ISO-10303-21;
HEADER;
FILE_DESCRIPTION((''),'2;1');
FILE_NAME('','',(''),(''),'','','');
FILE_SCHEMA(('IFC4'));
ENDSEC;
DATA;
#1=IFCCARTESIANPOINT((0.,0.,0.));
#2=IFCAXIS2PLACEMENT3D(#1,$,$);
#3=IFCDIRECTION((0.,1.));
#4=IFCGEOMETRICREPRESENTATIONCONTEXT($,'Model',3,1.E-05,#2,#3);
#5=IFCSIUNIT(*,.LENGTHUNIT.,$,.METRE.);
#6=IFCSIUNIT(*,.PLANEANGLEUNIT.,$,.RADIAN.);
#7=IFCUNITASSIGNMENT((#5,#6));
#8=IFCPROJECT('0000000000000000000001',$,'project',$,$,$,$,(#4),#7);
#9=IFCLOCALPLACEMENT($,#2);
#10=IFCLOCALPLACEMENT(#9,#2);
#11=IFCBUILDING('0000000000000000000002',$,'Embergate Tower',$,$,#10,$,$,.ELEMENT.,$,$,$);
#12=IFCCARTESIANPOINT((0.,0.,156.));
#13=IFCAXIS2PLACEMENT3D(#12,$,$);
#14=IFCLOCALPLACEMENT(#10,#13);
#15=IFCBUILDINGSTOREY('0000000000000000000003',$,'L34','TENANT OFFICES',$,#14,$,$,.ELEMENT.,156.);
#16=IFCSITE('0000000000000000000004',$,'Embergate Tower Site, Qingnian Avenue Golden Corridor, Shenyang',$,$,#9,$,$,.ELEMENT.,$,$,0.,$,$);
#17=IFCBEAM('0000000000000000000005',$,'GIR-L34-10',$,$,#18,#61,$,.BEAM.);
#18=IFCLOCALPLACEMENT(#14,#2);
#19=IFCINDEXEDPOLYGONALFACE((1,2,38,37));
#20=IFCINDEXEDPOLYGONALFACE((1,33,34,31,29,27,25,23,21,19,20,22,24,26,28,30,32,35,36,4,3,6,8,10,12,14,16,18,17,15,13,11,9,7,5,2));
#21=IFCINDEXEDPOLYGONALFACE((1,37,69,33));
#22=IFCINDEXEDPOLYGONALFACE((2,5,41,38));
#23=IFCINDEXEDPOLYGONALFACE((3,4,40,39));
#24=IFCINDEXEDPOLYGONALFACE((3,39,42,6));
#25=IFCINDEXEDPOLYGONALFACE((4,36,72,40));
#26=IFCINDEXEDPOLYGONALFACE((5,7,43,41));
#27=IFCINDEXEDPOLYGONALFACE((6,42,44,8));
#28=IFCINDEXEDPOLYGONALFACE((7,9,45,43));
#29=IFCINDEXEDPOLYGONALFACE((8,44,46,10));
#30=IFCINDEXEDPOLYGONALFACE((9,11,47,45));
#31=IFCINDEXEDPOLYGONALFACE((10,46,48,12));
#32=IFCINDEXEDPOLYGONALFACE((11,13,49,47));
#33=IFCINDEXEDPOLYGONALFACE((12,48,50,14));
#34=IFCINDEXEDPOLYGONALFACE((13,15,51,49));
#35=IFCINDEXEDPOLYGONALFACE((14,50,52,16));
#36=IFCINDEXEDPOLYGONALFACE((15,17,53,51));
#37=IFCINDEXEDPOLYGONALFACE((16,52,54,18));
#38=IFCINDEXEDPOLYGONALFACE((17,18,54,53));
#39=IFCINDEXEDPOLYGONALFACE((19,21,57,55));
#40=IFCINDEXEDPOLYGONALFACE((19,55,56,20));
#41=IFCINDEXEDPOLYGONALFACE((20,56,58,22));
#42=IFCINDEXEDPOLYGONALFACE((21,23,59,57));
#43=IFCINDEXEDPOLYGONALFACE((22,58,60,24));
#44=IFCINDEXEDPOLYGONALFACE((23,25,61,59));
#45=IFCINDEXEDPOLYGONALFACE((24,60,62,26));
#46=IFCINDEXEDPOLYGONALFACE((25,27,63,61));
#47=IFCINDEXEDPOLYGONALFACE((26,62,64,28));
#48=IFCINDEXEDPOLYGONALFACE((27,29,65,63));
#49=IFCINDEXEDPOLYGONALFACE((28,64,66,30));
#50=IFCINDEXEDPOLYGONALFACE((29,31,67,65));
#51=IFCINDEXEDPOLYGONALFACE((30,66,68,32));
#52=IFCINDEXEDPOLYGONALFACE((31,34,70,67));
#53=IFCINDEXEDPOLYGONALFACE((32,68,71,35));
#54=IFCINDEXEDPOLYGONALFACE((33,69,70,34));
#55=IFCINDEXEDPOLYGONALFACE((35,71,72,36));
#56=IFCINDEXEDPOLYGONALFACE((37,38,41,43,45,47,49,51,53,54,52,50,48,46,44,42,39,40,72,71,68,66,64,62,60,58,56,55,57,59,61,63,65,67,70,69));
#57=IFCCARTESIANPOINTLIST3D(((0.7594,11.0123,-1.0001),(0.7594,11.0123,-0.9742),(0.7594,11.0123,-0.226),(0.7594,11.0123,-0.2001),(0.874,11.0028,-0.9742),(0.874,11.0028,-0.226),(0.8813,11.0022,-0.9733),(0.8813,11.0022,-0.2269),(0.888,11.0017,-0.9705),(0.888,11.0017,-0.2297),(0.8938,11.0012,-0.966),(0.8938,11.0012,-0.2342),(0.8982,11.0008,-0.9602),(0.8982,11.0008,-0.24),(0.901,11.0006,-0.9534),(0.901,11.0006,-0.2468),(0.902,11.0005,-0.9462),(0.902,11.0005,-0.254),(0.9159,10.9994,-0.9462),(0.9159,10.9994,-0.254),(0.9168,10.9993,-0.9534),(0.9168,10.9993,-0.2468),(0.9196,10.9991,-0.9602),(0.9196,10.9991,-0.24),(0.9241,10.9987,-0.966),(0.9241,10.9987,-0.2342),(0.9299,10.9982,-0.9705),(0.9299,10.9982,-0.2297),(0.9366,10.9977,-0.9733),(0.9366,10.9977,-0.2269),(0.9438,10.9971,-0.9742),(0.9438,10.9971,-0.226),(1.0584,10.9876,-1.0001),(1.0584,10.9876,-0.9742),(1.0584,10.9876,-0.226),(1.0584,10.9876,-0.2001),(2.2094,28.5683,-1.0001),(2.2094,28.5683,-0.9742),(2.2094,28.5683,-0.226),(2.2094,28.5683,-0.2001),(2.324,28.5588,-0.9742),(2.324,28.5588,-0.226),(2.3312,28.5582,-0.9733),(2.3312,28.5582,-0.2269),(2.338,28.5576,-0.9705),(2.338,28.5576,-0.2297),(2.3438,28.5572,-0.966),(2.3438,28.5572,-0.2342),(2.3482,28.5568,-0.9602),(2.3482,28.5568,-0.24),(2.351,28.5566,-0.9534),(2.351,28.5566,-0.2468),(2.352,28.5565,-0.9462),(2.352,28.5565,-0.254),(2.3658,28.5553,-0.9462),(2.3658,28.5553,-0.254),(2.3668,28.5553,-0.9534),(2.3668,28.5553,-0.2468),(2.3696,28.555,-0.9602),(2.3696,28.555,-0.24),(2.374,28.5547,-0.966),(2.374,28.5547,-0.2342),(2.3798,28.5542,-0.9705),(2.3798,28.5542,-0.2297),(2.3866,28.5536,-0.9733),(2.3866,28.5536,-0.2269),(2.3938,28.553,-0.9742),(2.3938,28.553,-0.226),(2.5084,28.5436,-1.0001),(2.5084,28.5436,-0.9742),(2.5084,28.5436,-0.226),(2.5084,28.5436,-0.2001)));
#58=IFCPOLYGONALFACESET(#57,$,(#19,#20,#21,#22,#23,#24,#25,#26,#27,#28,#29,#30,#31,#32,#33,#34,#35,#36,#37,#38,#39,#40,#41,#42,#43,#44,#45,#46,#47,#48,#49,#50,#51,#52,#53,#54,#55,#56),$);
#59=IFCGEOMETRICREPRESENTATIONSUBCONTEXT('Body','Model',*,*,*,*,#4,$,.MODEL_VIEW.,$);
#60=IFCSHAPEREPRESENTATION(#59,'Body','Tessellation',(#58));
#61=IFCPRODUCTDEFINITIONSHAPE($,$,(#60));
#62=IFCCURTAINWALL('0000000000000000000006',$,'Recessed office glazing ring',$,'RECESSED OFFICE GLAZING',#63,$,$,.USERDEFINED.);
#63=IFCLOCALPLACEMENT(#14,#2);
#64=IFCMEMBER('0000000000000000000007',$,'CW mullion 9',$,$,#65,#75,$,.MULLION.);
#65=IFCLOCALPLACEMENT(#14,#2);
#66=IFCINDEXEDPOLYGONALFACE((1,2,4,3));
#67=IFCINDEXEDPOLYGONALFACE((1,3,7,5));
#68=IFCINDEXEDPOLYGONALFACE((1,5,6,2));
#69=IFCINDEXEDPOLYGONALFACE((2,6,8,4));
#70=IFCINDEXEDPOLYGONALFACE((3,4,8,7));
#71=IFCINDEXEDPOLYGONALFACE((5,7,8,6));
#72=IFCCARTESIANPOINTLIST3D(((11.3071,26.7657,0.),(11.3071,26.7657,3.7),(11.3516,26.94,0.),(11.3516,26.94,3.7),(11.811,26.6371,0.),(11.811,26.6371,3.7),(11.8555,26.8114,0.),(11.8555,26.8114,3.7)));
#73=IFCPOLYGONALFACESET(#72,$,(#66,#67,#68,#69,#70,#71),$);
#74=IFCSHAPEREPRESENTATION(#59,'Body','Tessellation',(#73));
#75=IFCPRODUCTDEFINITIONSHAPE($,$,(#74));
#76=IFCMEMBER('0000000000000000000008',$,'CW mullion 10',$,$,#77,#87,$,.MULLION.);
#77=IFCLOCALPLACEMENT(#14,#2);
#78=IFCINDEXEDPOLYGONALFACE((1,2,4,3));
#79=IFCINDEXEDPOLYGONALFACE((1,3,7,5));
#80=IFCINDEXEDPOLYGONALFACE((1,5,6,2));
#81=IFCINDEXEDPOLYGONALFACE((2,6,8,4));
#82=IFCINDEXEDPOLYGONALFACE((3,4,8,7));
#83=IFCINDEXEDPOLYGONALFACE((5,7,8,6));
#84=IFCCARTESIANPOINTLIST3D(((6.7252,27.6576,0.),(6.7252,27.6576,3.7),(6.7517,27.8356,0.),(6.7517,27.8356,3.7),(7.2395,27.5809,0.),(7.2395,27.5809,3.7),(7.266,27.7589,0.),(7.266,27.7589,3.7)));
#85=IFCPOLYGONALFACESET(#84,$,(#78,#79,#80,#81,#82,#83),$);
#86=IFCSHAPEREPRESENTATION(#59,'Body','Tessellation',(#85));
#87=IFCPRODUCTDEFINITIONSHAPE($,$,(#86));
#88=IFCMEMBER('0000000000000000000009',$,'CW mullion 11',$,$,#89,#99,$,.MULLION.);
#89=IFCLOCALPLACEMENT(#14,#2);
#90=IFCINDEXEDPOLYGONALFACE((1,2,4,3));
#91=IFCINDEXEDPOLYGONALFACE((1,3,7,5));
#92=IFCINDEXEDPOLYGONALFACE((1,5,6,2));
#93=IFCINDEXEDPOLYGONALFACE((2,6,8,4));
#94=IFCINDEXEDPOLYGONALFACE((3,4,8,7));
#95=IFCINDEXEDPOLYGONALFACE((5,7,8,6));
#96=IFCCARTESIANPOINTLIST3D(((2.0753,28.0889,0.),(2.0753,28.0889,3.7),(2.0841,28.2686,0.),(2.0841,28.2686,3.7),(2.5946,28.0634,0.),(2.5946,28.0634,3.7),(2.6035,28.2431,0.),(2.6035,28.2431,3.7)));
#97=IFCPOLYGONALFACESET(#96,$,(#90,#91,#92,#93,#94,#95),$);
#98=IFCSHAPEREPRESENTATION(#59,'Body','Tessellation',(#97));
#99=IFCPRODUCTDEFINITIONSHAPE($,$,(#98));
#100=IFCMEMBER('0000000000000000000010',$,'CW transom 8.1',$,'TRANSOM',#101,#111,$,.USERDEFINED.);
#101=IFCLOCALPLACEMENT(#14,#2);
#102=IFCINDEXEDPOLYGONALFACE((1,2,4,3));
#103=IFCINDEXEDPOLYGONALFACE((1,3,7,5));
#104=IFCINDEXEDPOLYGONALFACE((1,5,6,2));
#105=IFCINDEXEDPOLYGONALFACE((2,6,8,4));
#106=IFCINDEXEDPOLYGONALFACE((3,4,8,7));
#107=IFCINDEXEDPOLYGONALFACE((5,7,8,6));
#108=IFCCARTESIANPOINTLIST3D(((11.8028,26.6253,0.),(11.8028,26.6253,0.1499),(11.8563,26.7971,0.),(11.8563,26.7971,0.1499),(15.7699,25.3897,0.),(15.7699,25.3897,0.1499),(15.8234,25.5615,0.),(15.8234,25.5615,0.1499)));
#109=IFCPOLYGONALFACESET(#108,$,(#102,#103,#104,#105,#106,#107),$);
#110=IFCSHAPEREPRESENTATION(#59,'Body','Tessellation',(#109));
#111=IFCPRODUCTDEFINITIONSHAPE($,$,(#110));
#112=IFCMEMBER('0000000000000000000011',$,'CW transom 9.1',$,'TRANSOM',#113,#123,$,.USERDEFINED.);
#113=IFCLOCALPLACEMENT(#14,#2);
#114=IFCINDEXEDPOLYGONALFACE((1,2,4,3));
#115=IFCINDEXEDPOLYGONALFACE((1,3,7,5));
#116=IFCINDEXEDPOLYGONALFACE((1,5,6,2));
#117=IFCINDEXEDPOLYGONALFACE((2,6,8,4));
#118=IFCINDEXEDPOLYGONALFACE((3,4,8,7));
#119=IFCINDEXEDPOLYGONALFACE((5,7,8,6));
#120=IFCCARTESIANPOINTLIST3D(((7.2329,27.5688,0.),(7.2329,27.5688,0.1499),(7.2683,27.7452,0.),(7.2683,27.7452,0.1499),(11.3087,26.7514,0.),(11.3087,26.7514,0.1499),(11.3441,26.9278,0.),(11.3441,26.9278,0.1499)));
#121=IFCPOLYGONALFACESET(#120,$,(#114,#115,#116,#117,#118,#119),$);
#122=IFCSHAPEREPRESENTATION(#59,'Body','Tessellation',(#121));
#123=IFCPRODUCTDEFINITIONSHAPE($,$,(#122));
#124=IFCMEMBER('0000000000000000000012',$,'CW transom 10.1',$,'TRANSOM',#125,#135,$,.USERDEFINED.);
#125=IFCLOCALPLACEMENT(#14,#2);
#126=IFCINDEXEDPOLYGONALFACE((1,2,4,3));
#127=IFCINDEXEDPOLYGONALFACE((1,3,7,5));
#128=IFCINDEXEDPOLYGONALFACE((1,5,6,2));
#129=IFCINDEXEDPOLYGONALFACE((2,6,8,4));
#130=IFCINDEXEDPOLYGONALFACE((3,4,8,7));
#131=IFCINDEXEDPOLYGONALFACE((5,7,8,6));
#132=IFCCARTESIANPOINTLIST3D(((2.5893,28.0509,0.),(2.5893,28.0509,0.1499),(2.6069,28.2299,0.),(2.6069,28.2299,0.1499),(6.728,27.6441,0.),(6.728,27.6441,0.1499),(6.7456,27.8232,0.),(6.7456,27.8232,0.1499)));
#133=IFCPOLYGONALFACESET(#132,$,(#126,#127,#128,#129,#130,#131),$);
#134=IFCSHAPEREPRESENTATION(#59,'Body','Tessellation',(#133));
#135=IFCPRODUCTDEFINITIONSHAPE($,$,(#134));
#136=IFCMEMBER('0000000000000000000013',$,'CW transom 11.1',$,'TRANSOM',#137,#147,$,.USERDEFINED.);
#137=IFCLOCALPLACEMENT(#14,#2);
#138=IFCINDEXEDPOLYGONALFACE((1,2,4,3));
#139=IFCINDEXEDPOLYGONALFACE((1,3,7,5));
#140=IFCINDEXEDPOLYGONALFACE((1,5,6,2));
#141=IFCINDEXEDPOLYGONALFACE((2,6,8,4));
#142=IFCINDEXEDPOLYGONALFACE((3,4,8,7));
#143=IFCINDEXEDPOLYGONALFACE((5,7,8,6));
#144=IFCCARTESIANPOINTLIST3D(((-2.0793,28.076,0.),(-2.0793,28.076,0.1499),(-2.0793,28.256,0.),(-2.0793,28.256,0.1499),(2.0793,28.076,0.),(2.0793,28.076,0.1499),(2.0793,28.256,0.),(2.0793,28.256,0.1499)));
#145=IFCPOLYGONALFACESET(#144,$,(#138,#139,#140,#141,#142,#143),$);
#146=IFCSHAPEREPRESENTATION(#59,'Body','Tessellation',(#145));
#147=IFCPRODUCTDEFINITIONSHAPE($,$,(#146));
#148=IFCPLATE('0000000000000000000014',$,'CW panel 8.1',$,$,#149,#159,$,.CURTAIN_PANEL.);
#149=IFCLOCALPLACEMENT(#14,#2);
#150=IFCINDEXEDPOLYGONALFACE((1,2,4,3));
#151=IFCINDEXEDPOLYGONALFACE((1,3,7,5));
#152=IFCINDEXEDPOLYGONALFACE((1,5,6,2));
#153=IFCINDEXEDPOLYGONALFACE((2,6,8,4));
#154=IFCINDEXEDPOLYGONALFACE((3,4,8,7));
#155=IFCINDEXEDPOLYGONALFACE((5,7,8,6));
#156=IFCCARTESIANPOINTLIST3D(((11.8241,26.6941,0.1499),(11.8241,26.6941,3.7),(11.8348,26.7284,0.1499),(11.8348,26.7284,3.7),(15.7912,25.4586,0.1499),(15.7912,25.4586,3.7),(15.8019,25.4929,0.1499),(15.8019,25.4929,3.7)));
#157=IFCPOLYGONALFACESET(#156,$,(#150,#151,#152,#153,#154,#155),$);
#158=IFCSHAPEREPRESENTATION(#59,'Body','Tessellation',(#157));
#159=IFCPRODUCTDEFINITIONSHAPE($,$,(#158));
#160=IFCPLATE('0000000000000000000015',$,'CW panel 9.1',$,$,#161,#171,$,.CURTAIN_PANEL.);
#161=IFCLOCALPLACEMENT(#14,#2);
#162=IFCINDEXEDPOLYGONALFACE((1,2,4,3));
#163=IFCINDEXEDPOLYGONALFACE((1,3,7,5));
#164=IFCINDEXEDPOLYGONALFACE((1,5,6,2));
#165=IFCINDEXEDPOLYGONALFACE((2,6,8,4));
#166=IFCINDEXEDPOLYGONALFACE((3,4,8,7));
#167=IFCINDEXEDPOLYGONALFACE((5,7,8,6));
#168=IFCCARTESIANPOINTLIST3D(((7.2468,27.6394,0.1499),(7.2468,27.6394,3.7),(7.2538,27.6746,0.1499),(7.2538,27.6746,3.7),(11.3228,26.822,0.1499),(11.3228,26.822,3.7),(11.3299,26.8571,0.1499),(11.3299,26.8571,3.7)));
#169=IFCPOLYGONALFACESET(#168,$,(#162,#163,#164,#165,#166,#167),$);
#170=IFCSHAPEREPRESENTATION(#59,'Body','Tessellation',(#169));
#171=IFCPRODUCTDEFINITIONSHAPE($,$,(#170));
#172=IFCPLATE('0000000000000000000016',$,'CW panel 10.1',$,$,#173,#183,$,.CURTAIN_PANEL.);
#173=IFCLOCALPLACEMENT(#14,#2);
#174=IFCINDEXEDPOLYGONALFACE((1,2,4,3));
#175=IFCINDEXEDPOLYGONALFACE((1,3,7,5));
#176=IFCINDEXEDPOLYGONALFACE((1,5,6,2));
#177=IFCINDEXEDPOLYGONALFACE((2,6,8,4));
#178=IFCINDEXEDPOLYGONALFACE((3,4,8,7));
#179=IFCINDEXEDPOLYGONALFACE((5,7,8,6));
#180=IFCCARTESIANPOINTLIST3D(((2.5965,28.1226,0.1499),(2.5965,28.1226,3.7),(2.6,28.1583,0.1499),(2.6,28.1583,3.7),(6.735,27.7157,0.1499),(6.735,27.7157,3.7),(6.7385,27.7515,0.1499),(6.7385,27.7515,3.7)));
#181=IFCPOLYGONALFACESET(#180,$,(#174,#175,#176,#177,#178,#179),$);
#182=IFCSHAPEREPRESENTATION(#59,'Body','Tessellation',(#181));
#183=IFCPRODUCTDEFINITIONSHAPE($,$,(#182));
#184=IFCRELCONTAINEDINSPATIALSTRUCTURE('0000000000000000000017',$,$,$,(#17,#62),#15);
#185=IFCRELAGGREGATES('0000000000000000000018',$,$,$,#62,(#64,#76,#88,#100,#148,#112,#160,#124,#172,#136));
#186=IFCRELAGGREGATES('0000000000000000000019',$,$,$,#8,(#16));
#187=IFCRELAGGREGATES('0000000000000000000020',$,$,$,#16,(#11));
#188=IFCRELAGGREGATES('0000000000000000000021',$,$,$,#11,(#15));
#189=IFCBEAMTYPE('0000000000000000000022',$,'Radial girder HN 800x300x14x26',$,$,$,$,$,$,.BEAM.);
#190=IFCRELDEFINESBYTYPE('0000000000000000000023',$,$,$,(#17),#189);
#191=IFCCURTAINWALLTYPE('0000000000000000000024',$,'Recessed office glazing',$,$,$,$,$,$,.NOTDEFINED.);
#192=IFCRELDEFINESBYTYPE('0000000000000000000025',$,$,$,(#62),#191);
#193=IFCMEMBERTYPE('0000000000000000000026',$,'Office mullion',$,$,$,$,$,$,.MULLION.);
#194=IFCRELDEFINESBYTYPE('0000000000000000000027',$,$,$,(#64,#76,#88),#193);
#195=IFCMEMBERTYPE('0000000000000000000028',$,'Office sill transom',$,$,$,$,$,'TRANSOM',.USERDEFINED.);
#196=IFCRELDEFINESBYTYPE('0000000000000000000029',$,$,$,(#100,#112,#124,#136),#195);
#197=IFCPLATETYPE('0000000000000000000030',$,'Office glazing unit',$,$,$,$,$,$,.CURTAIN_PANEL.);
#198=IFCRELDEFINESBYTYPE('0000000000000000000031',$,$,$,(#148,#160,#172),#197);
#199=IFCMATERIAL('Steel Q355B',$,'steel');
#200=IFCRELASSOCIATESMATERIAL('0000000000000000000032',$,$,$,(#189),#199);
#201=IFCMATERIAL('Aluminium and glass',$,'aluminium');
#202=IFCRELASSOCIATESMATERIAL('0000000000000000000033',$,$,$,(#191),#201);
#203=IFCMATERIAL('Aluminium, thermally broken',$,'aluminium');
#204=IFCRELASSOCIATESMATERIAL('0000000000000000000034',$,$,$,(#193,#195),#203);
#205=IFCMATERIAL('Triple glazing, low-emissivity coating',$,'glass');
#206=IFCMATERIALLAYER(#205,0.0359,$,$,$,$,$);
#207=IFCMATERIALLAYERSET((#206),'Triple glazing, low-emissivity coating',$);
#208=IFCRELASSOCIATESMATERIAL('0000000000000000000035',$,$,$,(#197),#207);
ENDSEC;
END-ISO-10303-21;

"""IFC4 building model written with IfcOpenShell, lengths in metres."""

from ifc_helpers import new_model, si_unit, direction, frame, origin, origin_2d, place, context, subcontext, project, spatial, rectangle, i_section, extrude, source, transform, mapped, material, layer, layer_set, material_profile, profile_set, type_object, element, aggregate, save


model = new_model("IFC4")

# Units and contexts
model_context = context("Model", 3, precision=1e-05, world=origin(), true_north=direction((0.0, 1.0)))
body_context = subcontext(model_context, "Body", "Model", "MODEL_VIEW")
ifc_project = project(units=[si_unit("LENGTHUNIT", "METRE"), si_unit("PLANEANGLEUNIT", "RADIAN")], contexts=[model_context])

# Site, building, storey
site_placement = place(None, origin())
site = spatial("IfcSite", under=ifc_project, at=site_placement, Name="Embergate Tower Site, Qingnian Avenue Golden Corridor, Shenyang", CompositionType="ELEMENT", RefElevation=0.0)
building_placement = place(site_placement, origin())
building = spatial("IfcBuilding", under=site, at=building_placement, Name="Embergate Tower", CompositionType="ELEMENT")
storey_placement = place(building_placement, frame((0.0, 0.0, 156.0)))
storey = spatial("IfcBuildingStorey", under=building, at=storey_placement, Name="L34", Description="TENANT OFFICES", CompositionType="ELEMENT", Elevation=156.0)

# Beam
ifc_material_1 = material(Name="Steel Q355B", Category="steel")
ifc_material_profile_1 = material_profile(ifc_material_1, i_section(OverallWidth=0.3, OverallDepth=0.8, WebThickness=0.0139, FlangeThickness=0.0259, FilletRadius=0.0281, at=origin_2d()), Name="HN 800x300x14x26")
ifc_profile_set_1 = profile_set([ifc_material_profile_1], Name="Steel Q355 grade B")
beam_type_1 = type_object("IfcBeamType", Name="Radial girder HN 800x300x14x26", PredefinedType="BEAM", material=ifc_profile_set_1)
shared_shape_1 = source(origin(), body_context, "Body", "SweptSolid", [
    extrude(i_section(OverallWidth=0.3, OverallDepth=0.8, WebThickness=0.0139, FlangeThickness=0.0259, FilletRadius=0.0281, at=origin_2d()), origin(), (0.0, 0.0, 1.0), 17.6157),
])
beam_1_placement = place(storey_placement, frame((2.3589, 28.5559, -0.6001), z_axis=(-0.08231, -0.996607, 0.0), x_axis=(0.996607, -0.08231, 0.0)))
element("IfcBeam", 1, at=beam_1_placement, inside=storey, type_object=beam_type_1, Name="GIR-L34-10", PredefinedType="BEAM", context=body_context, shape_type="MappedRepresentation", body=[
    mapped(shared_shape_1, transform((0.0, 0.0, 0.0))),
])

# Curtain wall, members, plates
ifc_material_2 = material(Name="Aluminium and glass", Category="aluminium")
curtain_wall_type = type_object("IfcCurtainWallType", Name="Recessed office glazing", PredefinedType="NOTDEFINED", material=ifc_material_2)
curtain_wall_placement = place(storey_placement, origin())
curtain_wall = element("IfcCurtainWall", 2, at=curtain_wall_placement, inside=storey, type_object=curtain_wall_type, Name="Recessed office glazing ring", ObjectType="RECESSED OFFICE GLAZING", PredefinedType="USERDEFINED")
ifc_material_3 = material(Name="Aluminium, thermally broken", Category="aluminium")
ifc_material_profile_2 = material_profile(ifc_material_3, rectangle(XDim=0.1799, YDim=0.52, at=origin_2d()), Name="AL 520x180")
ifc_profile_set_2 = profile_set([ifc_material_profile_2], Name="Aluminium, thermally broken")
member_type_1 = type_object("IfcMemberType", Name="Office mullion", PredefinedType="MULLION", material=ifc_profile_set_2)
shared_shape_2 = source(origin(), body_context, "Body", "SweptSolid", [
    extrude(rectangle(XDim=0.1799, YDim=0.52, at=origin_2d()), origin(), (0.0, 0.0, 1.0), 3.7),
])
member_1_placement = place(storey_placement, frame((11.5813, 26.7886, 0.0), z_axis=(0.0, 0.0, 1.0), x_axis=(-0.247312, -0.968936, 0.0)))
member_1 = element("IfcMember", 3, at=member_1_placement, type_object=member_type_1, Name="CW mullion 9", PredefinedType="MULLION", context=body_context, shape_type="MappedRepresentation", body=[
    mapped(shared_shape_2, transform((0.0, 0.0, 0.0))),
])
member_2_placement = place(storey_placement, frame((6.9956, 27.7083, 0.0), z_axis=(0.0, 0.0, 1.0), x_axis=(-0.147412, -0.989075, 0.0)))
member_2 = element("IfcMember", 4, at=member_2_placement, type_object=member_type_1, Name="CW mullion 10", PredefinedType="MULLION", context=body_context, shape_type="MappedRepresentation", body=[
    mapped(shared_shape_2, transform((0.0, 0.0, 0.0))),
])
member_3_placement = place(storey_placement, frame((2.3394, 28.166, 0.0), z_axis=(0.0, 0.0, 1.0), x_axis=(-0.048972, -0.9988, 0.0)))
member_3 = element("IfcMember", 5, at=member_3_placement, type_object=member_type_1, Name="CW mullion 11", PredefinedType="MULLION", context=body_context, shape_type="MappedRepresentation", body=[
    mapped(shared_shape_2, transform((0.0, 0.0, 0.0))),
])
ifc_material_profile_3 = material_profile(ifc_material_3, rectangle(XDim=0.1799, YDim=0.1499, at=origin_2d()), Name="AL 150x180")
ifc_profile_set_3 = profile_set([ifc_material_profile_3], Name="Aluminium, thermally broken")
member_type_2 = type_object("IfcMemberType", Name="Office sill transom", ElementType="TRANSOM", PredefinedType="USERDEFINED", material=ifc_profile_set_3)
shared_shape_3 = source(origin(), body_context, "Body", "SweptSolid", [
    extrude(rectangle(XDim=0.1799, YDim=0.1499, at=origin_2d()), origin(), (0.0, 0.0, 1.0), 4.155),
])
member_4_placement = place(storey_placement, frame((15.7966, 25.4756, 0.075), z_axis=(-0.954761, 0.297375, 0.0), x_axis=(-0.297375, -0.954761, 0.0)))
member_4 = element("IfcMember", 6, at=member_4_placement, type_object=member_type_2, Name="CW transom 8.1", ObjectType="TRANSOM", PredefinedType="USERDEFINED", context=body_context, shape_type="MappedRepresentation", body=[
    mapped(shared_shape_3, transform((0.0, 0.0, 0.0))),
])
shared_shape_4 = source(origin(), body_context, "Body", "SweptSolid", [
    extrude(rectangle(XDim=0.1799, YDim=0.1499, at=origin_2d()), origin(), (0.0, 0.0, 1.0), 4.157),
])
member_5_placement = place(storey_placement, frame((11.3264, 26.8396, 0.075), z_axis=(-0.980479, 0.196624, 0.0), x_axis=(-0.196624, -0.980479, 0.0)))
member_5 = element("IfcMember", 7, at=member_5_placement, type_object=member_type_2, Name="CW transom 9.1", ObjectType="TRANSOM", PredefinedType="USERDEFINED", context=body_context, shape_type="MappedRepresentation", body=[
    mapped(shared_shape_4, transform((0.0, 0.0, 0.0))),
])
shared_shape_5 = source(origin(), body_context, "Body", "SweptSolid", [
    extrude(rectangle(XDim=0.1799, YDim=0.1499, at=origin_2d()), origin(), (0.0, 0.0, 1.0), 4.1587),
])
member_6_placement = place(storey_placement, frame((6.7368, 27.7336, 0.075), z_axis=(-0.995205, 0.097806, 0.0), x_axis=(-0.097806, -0.995205, 0.0)))
member_6 = element("IfcMember", 8, at=member_6_placement, type_object=member_type_2, Name="CW transom 10.1", ObjectType="TRANSOM", PredefinedType="USERDEFINED", context=body_context, shape_type="MappedRepresentation", body=[
    mapped(shared_shape_5, transform((0.0, 0.0, 0.0))),
])
member_7_placement = place(storey_placement, frame((2.0793, 28.166, 0.075), z_axis=(-1.0, 0.0, 0.0), x_axis=(0.0, -1.0, 0.0)))
member_7 = element("IfcMember", 9, at=member_7_placement, type_object=member_type_2, Name="CW transom 11.1", ObjectType="TRANSOM", PredefinedType="USERDEFINED", context=body_context, shape_type="MappedRepresentation", body=[
    mapped(shared_shape_5, transform((0.0, 0.0, 0.0))),
])
ifc_material_4 = material(Name="Triple glazing, low-emissivity coating", Category="glass")
ifc_layer_1 = layer(ifc_material_4, 0.0359)
ifc_layer_set_1 = layer_set([ifc_layer_1], Name="Triple glazing, low-emissivity coating")
plate_type = type_object("IfcPlateType", Name="Office glazing unit", PredefinedType="CURTAIN_PANEL", material=ifc_layer_set_1)
shared_shape_6 = source(origin(), body_context, "Body", "SweptSolid", [
    extrude(rectangle(XDim=4.155, YDim=0.0359, at=origin_2d()), origin(), (0.0, 0.0, 1.0), 3.55),
])
plate_1_placement = place(storey_placement, frame((13.813, 26.0935, 0.1499), z_axis=(0.0, 0.0, 1.0), x_axis=(-0.954772, 0.297338, 0.0)))
plate_1 = element("IfcPlate", 10, at=plate_1_placement, type_object=plate_type, Name="CW panel 8.1", PredefinedType="CURTAIN_PANEL", context=body_context, shape_type="MappedRepresentation", body=[
    mapped(shared_shape_6, transform((0.0, 0.0, 0.0))),
])
shared_shape_7 = source(origin(), body_context, "Body", "SweptSolid", [
    extrude(rectangle(XDim=4.1572, YDim=0.0359, at=origin_2d()), origin(), (0.0, 0.0, 1.0), 3.55),
])
plate_2_placement = place(storey_placement, frame((9.2883, 27.2483, 0.1499), z_axis=(0.0, 0.0, 1.0), x_axis=(-0.980476, 0.196639, 0.0)))
plate_2 = element("IfcPlate", 11, at=plate_2_placement, type_object=plate_type, Name="CW panel 9.1", PredefinedType="CURTAIN_PANEL", context=body_context, shape_type="MappedRepresentation", body=[
    mapped(shared_shape_7, transform((0.0, 0.0, 0.0))),
])
shared_shape_8 = source(origin(), body_context, "Body", "SweptSolid", [
    extrude(rectangle(XDim=4.1584, YDim=0.0359, at=origin_2d()), origin(), (0.0, 0.0, 1.0), 3.55),
])
plate_3_placement = place(storey_placement, frame((4.6675, 27.937, 0.1499), z_axis=(0.0, 0.0, 1.0), x_axis=(-0.995203, 0.09783, 0.0)))
plate_3 = element("IfcPlate", 12, at=plate_3_placement, type_object=plate_type, Name="CW panel 10.1", PredefinedType="CURTAIN_PANEL", context=body_context, shape_type="MappedRepresentation", body=[
    mapped(shared_shape_8, transform((0.0, 0.0, 0.0))),
])
aggregate(curtain_wall, [member_1, member_2, member_3, member_4, plate_1, member_5, plate_2, member_6, plate_3, member_7])

save(model, "model.ifc")
